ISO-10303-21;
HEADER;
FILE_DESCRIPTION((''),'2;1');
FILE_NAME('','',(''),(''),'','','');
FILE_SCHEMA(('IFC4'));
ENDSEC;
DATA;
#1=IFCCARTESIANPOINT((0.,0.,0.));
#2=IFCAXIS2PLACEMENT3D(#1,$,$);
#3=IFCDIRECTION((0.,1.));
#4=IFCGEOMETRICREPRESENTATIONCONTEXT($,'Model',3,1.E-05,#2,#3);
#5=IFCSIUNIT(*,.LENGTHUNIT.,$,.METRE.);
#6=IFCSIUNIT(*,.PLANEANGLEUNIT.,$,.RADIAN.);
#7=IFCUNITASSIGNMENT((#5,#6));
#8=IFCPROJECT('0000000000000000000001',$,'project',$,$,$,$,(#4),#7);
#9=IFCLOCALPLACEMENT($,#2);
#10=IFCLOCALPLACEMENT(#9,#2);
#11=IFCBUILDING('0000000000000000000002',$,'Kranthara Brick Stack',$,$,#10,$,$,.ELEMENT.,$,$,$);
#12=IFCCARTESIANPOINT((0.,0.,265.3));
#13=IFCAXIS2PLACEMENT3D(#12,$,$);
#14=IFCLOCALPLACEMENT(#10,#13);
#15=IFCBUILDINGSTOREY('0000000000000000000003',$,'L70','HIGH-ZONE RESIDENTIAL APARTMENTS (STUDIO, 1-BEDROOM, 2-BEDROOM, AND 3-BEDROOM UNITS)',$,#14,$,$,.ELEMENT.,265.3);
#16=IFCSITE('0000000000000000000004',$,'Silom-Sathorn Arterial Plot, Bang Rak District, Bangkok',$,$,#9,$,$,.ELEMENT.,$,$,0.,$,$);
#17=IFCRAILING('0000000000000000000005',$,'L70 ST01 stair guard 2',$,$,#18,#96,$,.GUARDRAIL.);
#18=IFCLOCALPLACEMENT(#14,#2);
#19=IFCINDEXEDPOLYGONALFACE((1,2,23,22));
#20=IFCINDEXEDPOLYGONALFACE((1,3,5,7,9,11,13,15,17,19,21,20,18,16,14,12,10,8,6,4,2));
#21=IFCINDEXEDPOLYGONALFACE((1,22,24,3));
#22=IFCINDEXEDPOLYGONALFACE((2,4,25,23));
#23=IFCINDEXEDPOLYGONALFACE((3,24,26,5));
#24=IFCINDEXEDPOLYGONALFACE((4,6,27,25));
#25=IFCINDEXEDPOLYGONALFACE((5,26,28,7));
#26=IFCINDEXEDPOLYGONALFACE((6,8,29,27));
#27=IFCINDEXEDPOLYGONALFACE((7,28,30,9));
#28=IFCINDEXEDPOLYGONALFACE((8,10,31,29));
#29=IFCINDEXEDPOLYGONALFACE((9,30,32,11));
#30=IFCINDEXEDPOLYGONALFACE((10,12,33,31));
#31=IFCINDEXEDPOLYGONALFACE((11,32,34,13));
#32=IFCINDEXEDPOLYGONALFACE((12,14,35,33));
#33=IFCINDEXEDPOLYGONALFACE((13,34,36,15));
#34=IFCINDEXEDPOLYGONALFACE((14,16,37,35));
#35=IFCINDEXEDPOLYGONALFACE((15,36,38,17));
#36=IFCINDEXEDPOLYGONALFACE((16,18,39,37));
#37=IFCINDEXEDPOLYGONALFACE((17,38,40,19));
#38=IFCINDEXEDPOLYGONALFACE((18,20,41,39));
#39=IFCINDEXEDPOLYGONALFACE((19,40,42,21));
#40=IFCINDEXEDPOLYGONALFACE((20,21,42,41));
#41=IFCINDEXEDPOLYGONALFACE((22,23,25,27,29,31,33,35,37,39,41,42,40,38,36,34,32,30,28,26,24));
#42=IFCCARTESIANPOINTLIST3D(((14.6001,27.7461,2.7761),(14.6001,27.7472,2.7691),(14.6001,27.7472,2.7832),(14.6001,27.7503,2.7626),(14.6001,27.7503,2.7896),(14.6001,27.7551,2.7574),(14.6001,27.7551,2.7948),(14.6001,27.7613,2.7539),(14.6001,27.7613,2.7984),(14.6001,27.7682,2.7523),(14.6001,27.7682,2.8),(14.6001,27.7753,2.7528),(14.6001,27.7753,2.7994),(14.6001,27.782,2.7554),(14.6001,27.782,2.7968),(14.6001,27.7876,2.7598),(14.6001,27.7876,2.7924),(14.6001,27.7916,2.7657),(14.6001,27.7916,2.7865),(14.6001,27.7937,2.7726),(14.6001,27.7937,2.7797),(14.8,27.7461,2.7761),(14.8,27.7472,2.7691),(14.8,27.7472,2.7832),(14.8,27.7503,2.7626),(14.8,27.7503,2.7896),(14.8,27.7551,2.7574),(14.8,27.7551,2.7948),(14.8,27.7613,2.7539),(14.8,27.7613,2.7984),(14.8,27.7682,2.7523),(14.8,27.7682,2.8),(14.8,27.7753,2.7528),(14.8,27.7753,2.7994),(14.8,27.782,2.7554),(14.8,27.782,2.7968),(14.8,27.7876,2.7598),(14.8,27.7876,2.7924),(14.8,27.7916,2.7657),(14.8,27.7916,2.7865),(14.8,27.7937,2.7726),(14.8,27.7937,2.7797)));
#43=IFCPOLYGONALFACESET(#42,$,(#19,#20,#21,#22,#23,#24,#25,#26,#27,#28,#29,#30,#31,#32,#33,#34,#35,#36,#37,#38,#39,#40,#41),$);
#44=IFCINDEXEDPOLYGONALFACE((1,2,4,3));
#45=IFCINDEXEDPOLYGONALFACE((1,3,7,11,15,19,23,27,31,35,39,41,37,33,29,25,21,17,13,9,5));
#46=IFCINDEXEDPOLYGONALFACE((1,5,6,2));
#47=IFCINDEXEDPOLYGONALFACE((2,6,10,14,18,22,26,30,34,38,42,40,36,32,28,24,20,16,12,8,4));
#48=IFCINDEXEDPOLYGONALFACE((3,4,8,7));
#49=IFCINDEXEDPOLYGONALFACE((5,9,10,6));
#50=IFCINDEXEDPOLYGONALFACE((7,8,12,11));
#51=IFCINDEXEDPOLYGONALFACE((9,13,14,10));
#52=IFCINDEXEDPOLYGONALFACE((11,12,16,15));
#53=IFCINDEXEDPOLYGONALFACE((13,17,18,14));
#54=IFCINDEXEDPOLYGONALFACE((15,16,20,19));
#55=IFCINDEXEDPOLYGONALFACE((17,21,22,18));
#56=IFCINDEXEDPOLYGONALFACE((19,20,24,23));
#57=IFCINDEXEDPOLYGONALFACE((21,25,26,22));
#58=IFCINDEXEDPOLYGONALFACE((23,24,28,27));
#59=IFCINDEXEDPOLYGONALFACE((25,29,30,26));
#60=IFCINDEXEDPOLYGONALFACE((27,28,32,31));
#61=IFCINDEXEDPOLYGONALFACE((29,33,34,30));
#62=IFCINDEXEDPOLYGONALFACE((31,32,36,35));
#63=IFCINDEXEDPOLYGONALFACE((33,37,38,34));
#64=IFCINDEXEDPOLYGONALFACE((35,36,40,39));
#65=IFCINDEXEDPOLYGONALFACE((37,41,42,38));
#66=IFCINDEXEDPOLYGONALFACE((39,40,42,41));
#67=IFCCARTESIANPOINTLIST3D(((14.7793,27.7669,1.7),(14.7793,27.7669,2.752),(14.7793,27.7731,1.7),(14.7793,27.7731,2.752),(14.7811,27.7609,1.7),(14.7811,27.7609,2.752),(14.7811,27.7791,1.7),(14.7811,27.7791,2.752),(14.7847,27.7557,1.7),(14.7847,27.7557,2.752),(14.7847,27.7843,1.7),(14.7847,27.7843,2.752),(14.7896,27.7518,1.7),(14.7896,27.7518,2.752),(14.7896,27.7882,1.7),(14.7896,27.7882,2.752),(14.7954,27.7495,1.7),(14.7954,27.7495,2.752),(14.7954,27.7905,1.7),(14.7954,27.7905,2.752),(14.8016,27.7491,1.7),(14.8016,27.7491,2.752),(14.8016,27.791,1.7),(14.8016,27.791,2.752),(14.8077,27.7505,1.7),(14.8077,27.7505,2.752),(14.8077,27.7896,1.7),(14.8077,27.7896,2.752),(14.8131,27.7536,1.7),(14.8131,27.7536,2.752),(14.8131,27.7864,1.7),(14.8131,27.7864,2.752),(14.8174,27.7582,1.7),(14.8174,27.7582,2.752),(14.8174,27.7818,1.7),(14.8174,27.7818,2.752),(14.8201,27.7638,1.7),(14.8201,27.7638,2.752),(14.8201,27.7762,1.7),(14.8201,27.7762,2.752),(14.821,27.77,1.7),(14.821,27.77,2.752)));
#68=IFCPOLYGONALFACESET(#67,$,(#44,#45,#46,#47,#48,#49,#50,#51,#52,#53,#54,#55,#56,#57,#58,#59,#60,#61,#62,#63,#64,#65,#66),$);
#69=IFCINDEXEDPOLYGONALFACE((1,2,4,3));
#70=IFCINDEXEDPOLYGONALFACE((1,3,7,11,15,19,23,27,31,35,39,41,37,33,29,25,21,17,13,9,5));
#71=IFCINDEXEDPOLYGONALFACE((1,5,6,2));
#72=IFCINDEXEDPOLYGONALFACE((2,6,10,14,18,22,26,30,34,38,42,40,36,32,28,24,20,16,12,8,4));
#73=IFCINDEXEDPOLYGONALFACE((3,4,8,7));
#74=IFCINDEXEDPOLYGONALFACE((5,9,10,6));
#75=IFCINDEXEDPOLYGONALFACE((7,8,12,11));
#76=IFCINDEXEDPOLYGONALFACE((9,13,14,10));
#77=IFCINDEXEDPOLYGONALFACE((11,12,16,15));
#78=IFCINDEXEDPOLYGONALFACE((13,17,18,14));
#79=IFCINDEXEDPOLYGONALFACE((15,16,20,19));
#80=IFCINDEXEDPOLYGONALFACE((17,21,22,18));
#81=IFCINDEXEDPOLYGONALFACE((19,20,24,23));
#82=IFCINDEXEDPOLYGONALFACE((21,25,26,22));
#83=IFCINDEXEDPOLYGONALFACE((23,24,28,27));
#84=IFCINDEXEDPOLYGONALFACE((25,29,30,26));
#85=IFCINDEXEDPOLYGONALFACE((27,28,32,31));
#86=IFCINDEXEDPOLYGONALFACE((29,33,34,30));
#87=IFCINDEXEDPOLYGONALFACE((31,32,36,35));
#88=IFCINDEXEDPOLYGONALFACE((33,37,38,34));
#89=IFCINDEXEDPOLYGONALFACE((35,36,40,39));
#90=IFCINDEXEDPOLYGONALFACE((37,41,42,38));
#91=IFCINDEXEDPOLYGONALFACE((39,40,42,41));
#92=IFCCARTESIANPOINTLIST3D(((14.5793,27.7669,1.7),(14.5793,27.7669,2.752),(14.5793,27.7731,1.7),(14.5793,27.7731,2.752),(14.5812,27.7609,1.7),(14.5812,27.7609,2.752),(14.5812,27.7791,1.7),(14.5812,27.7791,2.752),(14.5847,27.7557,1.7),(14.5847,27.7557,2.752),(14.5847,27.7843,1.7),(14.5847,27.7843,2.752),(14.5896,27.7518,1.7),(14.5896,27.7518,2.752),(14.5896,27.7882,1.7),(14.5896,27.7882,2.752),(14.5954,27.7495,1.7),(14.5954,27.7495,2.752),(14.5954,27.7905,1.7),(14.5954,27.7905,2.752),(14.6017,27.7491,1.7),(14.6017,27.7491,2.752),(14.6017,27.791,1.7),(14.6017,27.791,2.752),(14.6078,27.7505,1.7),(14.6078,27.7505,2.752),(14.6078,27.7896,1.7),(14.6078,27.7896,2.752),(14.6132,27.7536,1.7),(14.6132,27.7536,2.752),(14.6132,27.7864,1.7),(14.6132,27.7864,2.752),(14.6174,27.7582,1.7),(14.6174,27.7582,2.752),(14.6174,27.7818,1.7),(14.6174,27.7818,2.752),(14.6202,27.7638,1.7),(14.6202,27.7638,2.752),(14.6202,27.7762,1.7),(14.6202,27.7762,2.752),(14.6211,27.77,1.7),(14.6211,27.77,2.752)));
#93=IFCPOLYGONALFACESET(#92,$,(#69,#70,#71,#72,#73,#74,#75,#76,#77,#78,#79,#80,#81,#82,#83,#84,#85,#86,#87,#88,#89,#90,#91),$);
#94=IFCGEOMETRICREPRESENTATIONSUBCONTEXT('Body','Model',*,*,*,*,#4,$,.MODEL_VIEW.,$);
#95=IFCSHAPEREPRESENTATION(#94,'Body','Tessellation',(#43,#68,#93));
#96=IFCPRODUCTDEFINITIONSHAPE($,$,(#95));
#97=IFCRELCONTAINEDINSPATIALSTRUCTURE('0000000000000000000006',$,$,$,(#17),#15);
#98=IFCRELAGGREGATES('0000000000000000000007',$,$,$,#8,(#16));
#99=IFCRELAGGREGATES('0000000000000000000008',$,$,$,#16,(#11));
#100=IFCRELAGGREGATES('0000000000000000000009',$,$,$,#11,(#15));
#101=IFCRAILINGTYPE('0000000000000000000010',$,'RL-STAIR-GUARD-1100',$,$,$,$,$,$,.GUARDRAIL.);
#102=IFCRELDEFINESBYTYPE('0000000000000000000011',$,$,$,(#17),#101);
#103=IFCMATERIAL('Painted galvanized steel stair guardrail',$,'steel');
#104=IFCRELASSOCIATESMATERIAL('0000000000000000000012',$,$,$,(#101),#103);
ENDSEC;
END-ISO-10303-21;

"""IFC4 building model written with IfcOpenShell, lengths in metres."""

from ifc_helpers import new_model, si_unit, direction, frame, origin, origin_2d, place, context, subcontext, project, spatial, circle, extrude, material, type_object, element, save


model = new_model("IFC4")

# Units and contexts
model_context = context("Model", 3, precision=1e-05, world=origin(), true_north=direction((0.0, 1.0)))
body_context = subcontext(model_context, "Body", "Model", "MODEL_VIEW")
ifc_project = project(units=[si_unit("LENGTHUNIT", "METRE"), si_unit("PLANEANGLEUNIT", "RADIAN")], contexts=[model_context])

# Site, building, storey
site_placement = place(None, origin())
site = spatial("IfcSite", under=ifc_project, at=site_placement, Name="Silom-Sathorn Arterial Plot, Bang Rak District, Bangkok", CompositionType="ELEMENT", RefElevation=0.0)
building_placement = place(site_placement, origin())
building = spatial("IfcBuilding", under=site, at=building_placement, Name="Kranthara Brick Stack", CompositionType="ELEMENT")
storey_placement = place(building_placement, frame((0.0, 0.0, 265.3)))
storey = spatial("IfcBuildingStorey", under=building, at=storey_placement, Name="L70", Description="HIGH-ZONE RESIDENTIAL APARTMENTS (STUDIO, 1-BEDROOM, 2-BEDROOM, AND 3-BEDROOM UNITS)", CompositionType="ELEMENT", Elevation=265.3)

# Railing
ifc_material_1 = material(Name="Painted galvanized steel stair guardrail", Category="steel")
railing_type_1 = type_object("IfcRailingType", Name="RL-STAIR-GUARD-1100", PredefinedType="GUARDRAIL", material=ifc_material_1)
railing_1_placement = place(storey_placement, frame((14.8, 27.77, 1.7)))
element("IfcRailing", 1, at=railing_1_placement, inside=storey, type_object=railing_type_1, Name="L70 ST01 stair guard 2", PredefinedType="GUARDRAIL", context=body_context, shape_type="SweptSolid", body=[
    extrude(circle(Radius=0.0239, at=origin_2d()), frame((0.0, 0.0, 1.0762), z_axis=(-1.0, 0.0, 0.0), x_axis=(0.0, -1.0, 0.0)), (0.0, 0.0, 1.0), 0.2),
    extrude(circle(Radius=0.021, at=origin_2d()), origin(), (0.0, 0.0, 1.0), 1.052),
    extrude(circle(Radius=0.021, at=origin_2d()), frame((-0.2, 0.0, 0.0)), (0.0, 0.0, 1.0), 1.052),
])

save(model, "model.ifc")
